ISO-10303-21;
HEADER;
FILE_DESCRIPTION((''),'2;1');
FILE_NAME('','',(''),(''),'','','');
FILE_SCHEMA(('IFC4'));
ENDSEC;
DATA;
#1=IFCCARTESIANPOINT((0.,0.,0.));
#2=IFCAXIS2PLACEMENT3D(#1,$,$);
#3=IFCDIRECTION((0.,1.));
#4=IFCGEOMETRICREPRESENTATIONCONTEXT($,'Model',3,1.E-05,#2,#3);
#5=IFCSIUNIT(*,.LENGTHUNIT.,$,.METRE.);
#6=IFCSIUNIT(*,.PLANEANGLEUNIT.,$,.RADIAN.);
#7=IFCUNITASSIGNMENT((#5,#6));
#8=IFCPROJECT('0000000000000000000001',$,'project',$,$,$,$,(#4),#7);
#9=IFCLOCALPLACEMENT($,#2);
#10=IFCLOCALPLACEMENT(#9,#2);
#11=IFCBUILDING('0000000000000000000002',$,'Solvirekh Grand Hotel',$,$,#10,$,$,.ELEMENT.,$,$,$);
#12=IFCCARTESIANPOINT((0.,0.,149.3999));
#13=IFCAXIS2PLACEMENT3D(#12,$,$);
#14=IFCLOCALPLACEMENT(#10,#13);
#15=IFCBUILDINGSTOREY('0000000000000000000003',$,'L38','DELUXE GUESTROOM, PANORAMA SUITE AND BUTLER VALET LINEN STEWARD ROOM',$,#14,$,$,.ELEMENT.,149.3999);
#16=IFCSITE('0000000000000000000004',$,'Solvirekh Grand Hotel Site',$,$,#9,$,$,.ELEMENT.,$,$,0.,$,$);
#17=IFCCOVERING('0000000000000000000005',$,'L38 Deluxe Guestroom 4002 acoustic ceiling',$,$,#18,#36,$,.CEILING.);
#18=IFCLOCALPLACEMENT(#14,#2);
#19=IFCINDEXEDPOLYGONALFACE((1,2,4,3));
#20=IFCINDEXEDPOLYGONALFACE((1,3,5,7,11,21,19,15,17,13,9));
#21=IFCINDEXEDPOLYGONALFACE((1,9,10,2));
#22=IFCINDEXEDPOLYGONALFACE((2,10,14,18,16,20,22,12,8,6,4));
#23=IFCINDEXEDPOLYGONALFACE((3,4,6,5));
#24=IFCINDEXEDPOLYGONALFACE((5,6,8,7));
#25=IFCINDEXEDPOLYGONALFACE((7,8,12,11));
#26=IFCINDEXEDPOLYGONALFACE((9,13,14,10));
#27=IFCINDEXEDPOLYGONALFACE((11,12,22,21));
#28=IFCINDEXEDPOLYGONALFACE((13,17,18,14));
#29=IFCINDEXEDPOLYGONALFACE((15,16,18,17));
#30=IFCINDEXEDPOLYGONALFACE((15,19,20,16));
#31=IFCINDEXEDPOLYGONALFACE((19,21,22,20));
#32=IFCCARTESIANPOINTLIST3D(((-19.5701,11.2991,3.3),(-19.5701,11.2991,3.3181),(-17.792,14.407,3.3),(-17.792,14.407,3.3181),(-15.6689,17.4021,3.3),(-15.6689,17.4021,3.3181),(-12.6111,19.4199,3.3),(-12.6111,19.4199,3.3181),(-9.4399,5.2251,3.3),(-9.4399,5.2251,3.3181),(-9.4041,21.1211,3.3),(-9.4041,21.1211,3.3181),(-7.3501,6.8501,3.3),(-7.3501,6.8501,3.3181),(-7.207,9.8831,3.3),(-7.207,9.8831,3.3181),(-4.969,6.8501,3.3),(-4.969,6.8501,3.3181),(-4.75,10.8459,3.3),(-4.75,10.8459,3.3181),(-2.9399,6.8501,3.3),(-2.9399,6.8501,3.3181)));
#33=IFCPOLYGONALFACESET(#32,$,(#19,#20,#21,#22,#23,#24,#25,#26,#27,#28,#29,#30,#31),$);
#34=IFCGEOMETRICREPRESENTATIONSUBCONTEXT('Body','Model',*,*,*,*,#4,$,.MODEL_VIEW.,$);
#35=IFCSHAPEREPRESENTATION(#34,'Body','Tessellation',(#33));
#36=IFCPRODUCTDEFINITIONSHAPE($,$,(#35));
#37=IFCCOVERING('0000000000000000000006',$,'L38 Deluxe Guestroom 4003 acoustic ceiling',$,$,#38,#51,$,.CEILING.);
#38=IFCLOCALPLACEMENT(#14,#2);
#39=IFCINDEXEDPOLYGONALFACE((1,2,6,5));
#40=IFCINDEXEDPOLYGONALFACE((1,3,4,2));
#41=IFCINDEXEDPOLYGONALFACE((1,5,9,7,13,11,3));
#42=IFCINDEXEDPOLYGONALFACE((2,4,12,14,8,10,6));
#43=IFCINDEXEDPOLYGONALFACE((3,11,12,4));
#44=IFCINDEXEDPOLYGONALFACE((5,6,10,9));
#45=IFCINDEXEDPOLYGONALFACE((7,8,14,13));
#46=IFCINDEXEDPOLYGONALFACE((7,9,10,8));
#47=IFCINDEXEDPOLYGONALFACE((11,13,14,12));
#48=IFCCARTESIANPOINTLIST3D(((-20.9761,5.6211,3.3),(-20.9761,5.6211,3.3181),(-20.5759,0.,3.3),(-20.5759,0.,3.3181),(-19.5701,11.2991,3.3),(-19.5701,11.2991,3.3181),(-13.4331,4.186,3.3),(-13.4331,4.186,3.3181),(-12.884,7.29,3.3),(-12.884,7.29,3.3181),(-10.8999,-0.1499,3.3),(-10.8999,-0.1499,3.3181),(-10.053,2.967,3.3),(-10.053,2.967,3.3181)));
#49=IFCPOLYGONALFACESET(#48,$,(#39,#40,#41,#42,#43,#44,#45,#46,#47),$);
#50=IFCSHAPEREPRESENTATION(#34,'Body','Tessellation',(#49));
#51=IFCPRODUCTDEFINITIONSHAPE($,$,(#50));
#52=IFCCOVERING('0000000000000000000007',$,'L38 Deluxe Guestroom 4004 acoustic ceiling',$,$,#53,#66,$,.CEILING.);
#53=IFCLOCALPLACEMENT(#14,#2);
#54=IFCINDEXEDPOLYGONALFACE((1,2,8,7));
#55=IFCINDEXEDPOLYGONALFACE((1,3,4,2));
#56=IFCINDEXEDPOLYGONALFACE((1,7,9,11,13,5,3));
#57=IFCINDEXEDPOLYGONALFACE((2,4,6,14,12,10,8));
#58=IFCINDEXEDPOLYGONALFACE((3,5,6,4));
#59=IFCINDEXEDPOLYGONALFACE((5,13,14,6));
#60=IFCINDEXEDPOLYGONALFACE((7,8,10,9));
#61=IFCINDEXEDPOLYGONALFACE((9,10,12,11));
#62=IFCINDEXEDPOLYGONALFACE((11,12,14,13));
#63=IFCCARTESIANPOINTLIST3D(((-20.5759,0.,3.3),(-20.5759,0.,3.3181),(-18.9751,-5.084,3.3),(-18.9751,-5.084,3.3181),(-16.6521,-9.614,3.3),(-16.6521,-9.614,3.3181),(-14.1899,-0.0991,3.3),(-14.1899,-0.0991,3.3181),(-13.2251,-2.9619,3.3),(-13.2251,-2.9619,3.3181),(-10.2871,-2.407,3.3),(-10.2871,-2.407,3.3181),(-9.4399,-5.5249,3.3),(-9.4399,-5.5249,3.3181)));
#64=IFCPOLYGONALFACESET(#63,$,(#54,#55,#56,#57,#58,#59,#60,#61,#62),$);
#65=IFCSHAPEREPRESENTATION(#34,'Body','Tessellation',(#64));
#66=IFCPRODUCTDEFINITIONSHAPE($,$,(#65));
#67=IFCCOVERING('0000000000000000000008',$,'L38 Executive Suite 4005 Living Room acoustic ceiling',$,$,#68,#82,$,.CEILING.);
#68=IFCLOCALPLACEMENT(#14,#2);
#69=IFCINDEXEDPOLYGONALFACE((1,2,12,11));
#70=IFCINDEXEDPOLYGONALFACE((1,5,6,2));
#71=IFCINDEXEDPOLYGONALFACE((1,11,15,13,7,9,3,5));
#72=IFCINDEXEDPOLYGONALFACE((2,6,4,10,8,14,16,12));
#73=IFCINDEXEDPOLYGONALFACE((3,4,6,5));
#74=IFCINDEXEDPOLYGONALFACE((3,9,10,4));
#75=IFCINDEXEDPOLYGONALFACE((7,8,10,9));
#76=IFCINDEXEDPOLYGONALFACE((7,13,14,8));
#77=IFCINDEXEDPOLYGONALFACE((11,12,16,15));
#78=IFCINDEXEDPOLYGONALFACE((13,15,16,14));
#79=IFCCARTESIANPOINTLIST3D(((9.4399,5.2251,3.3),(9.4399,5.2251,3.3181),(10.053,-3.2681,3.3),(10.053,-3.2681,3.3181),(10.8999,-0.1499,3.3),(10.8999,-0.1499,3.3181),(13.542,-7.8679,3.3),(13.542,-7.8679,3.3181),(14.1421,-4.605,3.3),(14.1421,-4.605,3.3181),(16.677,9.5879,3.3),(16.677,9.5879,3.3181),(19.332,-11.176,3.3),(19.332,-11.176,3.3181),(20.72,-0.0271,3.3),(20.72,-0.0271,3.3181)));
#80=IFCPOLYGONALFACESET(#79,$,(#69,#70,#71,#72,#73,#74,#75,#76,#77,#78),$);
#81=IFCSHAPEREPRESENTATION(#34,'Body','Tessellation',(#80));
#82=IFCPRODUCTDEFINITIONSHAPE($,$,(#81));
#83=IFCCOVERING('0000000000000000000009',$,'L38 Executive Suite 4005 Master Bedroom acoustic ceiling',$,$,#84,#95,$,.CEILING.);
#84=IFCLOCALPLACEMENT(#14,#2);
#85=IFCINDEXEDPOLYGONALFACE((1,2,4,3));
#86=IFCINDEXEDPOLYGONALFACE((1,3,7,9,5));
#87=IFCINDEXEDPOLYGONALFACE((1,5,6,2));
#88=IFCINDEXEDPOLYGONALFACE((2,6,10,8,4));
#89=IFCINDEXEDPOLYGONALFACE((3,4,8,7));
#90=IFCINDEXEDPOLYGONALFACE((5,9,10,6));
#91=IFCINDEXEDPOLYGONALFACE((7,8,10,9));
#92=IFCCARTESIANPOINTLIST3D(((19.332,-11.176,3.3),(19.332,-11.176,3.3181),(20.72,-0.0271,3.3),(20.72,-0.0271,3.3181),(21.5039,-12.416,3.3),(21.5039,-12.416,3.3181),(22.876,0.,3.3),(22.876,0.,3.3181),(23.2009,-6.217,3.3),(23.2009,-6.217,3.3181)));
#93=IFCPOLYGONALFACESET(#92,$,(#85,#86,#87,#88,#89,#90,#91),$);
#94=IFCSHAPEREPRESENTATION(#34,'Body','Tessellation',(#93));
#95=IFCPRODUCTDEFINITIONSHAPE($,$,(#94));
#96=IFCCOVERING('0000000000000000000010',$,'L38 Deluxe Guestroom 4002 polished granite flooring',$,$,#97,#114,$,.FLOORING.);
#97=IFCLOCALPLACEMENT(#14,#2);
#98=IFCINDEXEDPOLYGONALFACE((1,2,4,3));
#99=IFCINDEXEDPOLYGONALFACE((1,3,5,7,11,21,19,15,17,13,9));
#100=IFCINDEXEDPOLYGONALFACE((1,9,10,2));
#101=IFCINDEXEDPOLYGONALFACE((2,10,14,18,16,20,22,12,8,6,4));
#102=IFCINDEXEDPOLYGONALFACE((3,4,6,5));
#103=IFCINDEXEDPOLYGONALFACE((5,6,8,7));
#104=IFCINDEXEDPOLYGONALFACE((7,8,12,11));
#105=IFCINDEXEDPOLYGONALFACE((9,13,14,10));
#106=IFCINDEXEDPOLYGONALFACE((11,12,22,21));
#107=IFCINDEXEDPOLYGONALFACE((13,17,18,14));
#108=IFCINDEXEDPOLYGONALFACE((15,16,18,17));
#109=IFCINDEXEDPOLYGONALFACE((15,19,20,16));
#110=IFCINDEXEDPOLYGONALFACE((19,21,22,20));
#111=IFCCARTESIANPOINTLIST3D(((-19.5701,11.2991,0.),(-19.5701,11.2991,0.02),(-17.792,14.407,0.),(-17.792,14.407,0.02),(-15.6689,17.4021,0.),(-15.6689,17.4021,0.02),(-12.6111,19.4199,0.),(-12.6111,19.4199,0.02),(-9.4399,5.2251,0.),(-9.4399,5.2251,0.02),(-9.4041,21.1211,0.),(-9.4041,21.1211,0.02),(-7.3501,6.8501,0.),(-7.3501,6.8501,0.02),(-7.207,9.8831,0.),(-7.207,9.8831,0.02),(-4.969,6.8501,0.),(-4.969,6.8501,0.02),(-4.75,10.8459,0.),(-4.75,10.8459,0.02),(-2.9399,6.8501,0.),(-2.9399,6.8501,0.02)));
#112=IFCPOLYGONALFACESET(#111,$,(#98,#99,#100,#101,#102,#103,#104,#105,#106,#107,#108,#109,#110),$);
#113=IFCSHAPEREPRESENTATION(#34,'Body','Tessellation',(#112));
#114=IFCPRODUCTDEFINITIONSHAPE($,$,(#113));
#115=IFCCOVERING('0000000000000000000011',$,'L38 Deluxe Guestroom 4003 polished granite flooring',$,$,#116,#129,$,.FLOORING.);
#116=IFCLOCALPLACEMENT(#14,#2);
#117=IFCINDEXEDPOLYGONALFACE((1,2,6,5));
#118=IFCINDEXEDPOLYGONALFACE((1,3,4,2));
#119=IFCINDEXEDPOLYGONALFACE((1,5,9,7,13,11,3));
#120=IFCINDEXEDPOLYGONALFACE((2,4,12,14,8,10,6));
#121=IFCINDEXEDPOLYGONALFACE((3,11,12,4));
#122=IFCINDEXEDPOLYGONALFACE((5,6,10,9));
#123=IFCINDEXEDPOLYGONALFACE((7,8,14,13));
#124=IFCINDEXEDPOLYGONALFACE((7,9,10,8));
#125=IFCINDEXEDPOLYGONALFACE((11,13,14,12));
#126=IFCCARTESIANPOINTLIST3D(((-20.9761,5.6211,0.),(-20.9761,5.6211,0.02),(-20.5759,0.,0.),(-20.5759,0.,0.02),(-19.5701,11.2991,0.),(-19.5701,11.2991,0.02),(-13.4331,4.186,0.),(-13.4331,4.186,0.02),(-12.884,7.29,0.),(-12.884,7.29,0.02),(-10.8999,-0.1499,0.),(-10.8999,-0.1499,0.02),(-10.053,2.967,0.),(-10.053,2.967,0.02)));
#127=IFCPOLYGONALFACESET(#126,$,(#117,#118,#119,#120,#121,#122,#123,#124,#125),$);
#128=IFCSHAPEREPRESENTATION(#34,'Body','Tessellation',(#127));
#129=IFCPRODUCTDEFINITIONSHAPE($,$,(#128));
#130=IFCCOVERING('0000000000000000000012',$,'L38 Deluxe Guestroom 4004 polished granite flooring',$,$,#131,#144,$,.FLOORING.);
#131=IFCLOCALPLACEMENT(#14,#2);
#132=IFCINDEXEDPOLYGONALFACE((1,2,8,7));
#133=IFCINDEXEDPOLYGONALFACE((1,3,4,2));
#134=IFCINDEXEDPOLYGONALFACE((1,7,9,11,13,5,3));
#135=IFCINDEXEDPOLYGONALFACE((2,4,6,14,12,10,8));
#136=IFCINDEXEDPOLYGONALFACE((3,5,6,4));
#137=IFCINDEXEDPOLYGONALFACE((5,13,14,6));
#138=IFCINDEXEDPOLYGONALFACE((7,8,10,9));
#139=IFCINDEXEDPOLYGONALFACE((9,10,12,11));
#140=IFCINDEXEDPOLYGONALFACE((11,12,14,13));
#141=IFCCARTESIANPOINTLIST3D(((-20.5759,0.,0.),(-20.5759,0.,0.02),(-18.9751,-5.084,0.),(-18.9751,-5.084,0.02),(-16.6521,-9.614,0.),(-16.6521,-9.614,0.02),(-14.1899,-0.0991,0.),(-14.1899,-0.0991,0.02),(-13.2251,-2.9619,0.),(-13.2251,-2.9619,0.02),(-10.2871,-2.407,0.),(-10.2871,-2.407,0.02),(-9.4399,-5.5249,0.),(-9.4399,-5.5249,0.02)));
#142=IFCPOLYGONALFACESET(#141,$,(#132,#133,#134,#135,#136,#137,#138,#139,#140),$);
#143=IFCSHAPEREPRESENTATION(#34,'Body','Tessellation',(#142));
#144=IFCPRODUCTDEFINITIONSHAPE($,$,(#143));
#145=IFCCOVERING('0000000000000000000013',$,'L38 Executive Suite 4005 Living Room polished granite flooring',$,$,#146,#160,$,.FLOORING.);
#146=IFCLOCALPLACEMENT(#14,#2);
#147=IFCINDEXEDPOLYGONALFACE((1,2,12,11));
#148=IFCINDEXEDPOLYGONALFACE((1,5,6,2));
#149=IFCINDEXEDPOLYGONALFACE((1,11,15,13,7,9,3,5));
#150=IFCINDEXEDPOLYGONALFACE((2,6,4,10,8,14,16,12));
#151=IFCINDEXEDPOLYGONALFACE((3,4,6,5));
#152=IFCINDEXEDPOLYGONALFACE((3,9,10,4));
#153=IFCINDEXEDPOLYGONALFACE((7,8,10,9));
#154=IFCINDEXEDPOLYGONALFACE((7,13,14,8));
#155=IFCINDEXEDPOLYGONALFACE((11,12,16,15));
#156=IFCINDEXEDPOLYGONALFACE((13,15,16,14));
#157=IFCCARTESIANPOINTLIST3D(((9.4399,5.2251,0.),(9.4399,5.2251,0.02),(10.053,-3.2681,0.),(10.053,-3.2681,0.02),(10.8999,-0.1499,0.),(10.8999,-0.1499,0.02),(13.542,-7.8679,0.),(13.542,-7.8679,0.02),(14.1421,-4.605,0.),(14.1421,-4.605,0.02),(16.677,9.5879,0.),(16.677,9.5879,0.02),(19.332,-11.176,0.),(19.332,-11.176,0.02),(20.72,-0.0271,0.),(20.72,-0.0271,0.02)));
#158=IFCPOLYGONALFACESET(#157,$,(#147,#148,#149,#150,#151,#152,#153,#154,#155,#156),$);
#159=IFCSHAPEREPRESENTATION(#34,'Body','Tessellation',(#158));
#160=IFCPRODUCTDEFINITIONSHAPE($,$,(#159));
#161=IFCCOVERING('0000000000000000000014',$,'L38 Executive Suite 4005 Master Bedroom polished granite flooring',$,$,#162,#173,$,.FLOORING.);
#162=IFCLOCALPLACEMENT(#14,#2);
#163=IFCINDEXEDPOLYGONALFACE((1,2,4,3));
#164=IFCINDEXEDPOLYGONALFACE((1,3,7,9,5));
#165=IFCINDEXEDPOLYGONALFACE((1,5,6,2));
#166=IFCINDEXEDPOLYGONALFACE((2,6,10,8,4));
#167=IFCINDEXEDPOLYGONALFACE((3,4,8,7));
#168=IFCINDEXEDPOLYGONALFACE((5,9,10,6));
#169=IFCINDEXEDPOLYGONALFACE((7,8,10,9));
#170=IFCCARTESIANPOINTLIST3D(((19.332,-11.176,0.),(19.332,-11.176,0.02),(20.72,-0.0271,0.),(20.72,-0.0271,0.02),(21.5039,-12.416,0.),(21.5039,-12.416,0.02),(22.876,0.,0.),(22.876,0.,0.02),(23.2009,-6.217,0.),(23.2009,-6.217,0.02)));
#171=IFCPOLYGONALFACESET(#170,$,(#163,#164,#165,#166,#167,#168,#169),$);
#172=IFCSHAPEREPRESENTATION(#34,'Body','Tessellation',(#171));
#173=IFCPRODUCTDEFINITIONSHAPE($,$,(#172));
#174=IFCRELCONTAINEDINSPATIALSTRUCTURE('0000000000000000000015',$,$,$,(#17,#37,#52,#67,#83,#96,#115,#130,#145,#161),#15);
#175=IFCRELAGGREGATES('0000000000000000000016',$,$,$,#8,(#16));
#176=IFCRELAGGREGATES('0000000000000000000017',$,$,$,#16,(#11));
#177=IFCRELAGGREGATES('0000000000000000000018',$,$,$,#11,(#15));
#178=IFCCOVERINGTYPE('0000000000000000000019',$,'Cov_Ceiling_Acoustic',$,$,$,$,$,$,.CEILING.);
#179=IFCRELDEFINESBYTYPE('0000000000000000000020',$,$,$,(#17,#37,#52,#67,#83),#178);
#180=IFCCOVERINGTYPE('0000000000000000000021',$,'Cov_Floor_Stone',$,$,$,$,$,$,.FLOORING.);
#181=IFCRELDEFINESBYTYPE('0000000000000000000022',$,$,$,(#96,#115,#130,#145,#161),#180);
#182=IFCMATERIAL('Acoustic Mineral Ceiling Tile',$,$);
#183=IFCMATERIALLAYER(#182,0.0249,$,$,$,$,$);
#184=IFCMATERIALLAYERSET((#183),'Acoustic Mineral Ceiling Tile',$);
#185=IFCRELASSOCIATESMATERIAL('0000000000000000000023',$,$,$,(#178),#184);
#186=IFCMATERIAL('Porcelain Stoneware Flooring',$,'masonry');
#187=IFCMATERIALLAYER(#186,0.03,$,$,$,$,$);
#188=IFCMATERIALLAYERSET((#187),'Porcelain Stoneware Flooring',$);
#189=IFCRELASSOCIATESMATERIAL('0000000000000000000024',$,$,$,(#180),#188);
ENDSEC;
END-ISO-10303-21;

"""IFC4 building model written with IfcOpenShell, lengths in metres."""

from ifc_helpers import new_model, si_unit, direction, frame, origin, place, context, subcontext, project, spatial, polyline, outline, extrude, material, layer, layer_set, type_object, element, save


model = new_model("IFC4")

# Units and contexts
model_context = context("Model", 3, precision=1e-05, world=origin(), true_north=direction((0.0, 1.0)))
body_context = subcontext(model_context, "Body", "Model", "MODEL_VIEW")
ifc_project = project(units=[si_unit("LENGTHUNIT", "METRE"), si_unit("PLANEANGLEUNIT", "RADIAN")], contexts=[model_context])

# Site, building, storey
site_placement = place(None, origin())
site = spatial("IfcSite", under=ifc_project, at=site_placement, Name="Solvirekh Grand Hotel Site", CompositionType="ELEMENT", RefElevation=0.0)
building_placement = place(site_placement, origin())
building = spatial("IfcBuilding", under=site, at=building_placement, Name="Solvirekh Grand Hotel", CompositionType="ELEMENT")
storey_placement = place(building_placement, frame((0.0, 0.0, 149.3999)))
storey = spatial("IfcBuildingStorey", under=building, at=storey_placement, Name="L38", Description="DELUXE GUESTROOM, PANORAMA SUITE AND BUTLER VALET LINEN STEWARD ROOM", CompositionType="ELEMENT", Elevation=149.3999)

# Coverings
ifc_material_1 = material(Name="Acoustic Mineral Ceiling Tile")
ifc_layer_1 = layer(ifc_material_1, 0.0249)
ifc_layer_set_1 = layer_set([ifc_layer_1], Name="Acoustic Mineral Ceiling Tile")
covering_type_1 = type_object("IfcCoveringType", Name="Cov_Ceiling_Acoustic", PredefinedType="CEILING", material=ifc_layer_set_1)
covering_1_placement = place(storey_placement, frame((0.0, 0.0, 3.3)))
element("IfcCovering", 1, at=covering_1_placement, inside=storey, type_object=covering_type_1, Name="L38 Deluxe Guestroom 4002 acoustic ceiling", PredefinedType="CEILING", context=body_context, shape_type="SweptSolid", body=[
    extrude(outline(polyline([(-4.969, 6.8501), (-7.207, 9.8831), (-4.75, 10.8459), (-2.9399, 6.8501), (-9.4041, 21.1211), (-12.6111, 19.4199), (-15.6689, 17.4021), (-17.792, 14.407), (-19.5701, 11.2991), (-9.4399, 5.2251), (-7.3501, 6.8501), (-4.969, 6.8501)])), origin(), (0.0, 0.0, 1.0), 0.0181),
])
covering_2_placement = place(storey_placement, frame((0.0, 0.0, 3.3)))
element("IfcCovering", 2, at=covering_2_placement, inside=storey, type_object=covering_type_1, Name="L38 Deluxe Guestroom 4003 acoustic ceiling", PredefinedType="CEILING", context=body_context, shape_type="SweptSolid", body=[
    extrude(outline(polyline([(-13.4331, 4.186), (-12.884, 7.29), (-19.5701, 11.2991), (-20.9761, 5.6211), (-20.5759, 0.0), (-10.8999, -0.1499), (-10.053, 2.967), (-13.4331, 4.186)])), origin(), (0.0, 0.0, 1.0), 0.0181),
])
covering_3_placement = place(storey_placement, frame((0.0, 0.0, 3.3)))
element("IfcCovering", 3, at=covering_3_placement, inside=storey, type_object=covering_type_1, Name="L38 Deluxe Guestroom 4004 acoustic ceiling", PredefinedType="CEILING", context=body_context, shape_type="SweptSolid", body=[
    extrude(outline(polyline([(-13.2251, -2.9619), (-14.1899, -0.0991), (-20.5759, 0.0), (-18.9751, -5.084), (-16.6521, -9.614), (-9.4399, -5.5249), (-10.2871, -2.407), (-13.2251, -2.9619)])), origin(), (0.0, 0.0, 1.0), 0.0181),
])
covering_4_placement = place(storey_placement, frame((0.0, 0.0, 3.3)))
element("IfcCovering", 4, at=covering_4_placement, inside=storey, type_object=covering_type_1, Name="L38 Executive Suite 4005 Living Room acoustic ceiling", PredefinedType="CEILING", context=body_context, shape_type="SweptSolid", body=[
    extrude(outline(polyline([(14.1421, -4.605), (13.542, -7.8679), (19.332, -11.176), (20.72, -0.0271), (16.677, 9.5879), (9.4399, 5.2251), (10.8999, -0.1499), (10.053, -3.2681), (14.1421, -4.605)])), origin(), (0.0, 0.0, 1.0), 0.0181),
])
covering_5_placement = place(storey_placement, frame((0.0, 0.0, 3.3)))
element("IfcCovering", 5, at=covering_5_placement, inside=storey, type_object=covering_type_1, Name="L38 Executive Suite 4005 Master Bedroom acoustic ceiling", PredefinedType="CEILING", context=body_context, shape_type="SweptSolid", body=[
    extrude(outline(polyline([(21.5039, -12.416), (23.2009, -6.217), (22.876, 0.0), (20.72, -0.0271), (19.332, -11.176), (21.5039, -12.416)])), origin(), (0.0, 0.0, 1.0), 0.0181),
])
ifc_material_2 = material(Name="Porcelain Stoneware Flooring", Category="masonry")
ifc_layer_2 = layer(ifc_material_2, 0.03)
ifc_layer_set_2 = layer_set([ifc_layer_2], Name="Porcelain Stoneware Flooring")
covering_type_2 = type_object("IfcCoveringType", Name="Cov_Floor_Stone", PredefinedType="FLOORING", material=ifc_layer_set_2)
covering_6_placement = place(storey_placement, origin())
element("IfcCovering", 6, at=covering_6_placement, inside=storey, type_object=covering_type_2, Name="L38 Deluxe Guestroom 4002 polished granite flooring", PredefinedType="FLOORING", context=body_context, shape_type="SweptSolid", body=[
    extrude(outline(polyline([(-4.969, 6.8501), (-7.207, 9.8831), (-4.75, 10.8459), (-2.9399, 6.8501), (-9.4041, 21.1211), (-12.6111, 19.4199), (-15.6689, 17.4021), (-17.792, 14.407), (-19.5701, 11.2991), (-9.4399, 5.2251), (-7.3501, 6.8501), (-4.969, 6.8501)])), origin(), (0.0, 0.0, 1.0), 0.02),
])
covering_7_placement = place(storey_placement, origin())
element("IfcCovering", 7, at=covering_7_placement, inside=storey, type_object=covering_type_2, Name="L38 Deluxe Guestroom 4003 polished granite flooring", PredefinedType="FLOORING", context=body_context, shape_type="SweptSolid", body=[
    extrude(outline(polyline([(-13.4331, 4.186), (-12.884, 7.29), (-19.5701, 11.2991), (-20.9761, 5.6211), (-20.5759, 0.0), (-10.8999, -0.1499), (-10.053, 2.967), (-13.4331, 4.186)])), origin(), (0.0, 0.0, 1.0), 0.02),
])
covering_8_placement = place(storey_placement, origin())
element("IfcCovering", 8, at=covering_8_placement, inside=storey, type_object=covering_type_2, Name="L38 Deluxe Guestroom 4004 polished granite flooring", PredefinedType="FLOORING", context=body_context, shape_type="SweptSolid", body=[
    extrude(outline(polyline([(-13.2251, -2.9619), (-14.1899, -0.0991), (-20.5759, 0.0), (-18.9751, -5.084), (-16.6521, -9.614), (-9.4399, -5.5249), (-10.2871, -2.407), (-13.2251, -2.9619)])), origin(), (0.0, 0.0, 1.0), 0.02),
])
covering_9_placement = place(storey_placement, origin())
element("IfcCovering", 9, at=covering_9_placement, inside=storey, type_object=covering_type_2, Name="L38 Executive Suite 4005 Living Room polished granite flooring", PredefinedType="FLOORING", context=body_context, shape_type="SweptSolid", body=[
    extrude(outline(polyline([(14.1421, -4.605), (13.542, -7.8679), (19.332, -11.176), (20.72, -0.0271), (16.677, 9.5879), (9.4399, 5.2251), (10.8999, -0.1499), (10.053, -3.2681), (14.1421, -4.605)])), origin(), (0.0, 0.0, 1.0), 0.02),
])
covering_10_placement = place(storey_placement, origin())
element("IfcCovering", 10, at=covering_10_placement, inside=storey, type_object=covering_type_2, Name="L38 Executive Suite 4005 Master Bedroom polished granite flooring", PredefinedType="FLOORING", context=body_context, shape_type="SweptSolid", body=[
    extrude(outline(polyline([(21.5039, -12.416), (23.2009, -6.217), (22.876, 0.0), (20.72, -0.0271), (19.332, -11.176), (21.5039, -12.416)])), origin(), (0.0, 0.0, 1.0), 0.02),
])

save(model, "model.ifc")
